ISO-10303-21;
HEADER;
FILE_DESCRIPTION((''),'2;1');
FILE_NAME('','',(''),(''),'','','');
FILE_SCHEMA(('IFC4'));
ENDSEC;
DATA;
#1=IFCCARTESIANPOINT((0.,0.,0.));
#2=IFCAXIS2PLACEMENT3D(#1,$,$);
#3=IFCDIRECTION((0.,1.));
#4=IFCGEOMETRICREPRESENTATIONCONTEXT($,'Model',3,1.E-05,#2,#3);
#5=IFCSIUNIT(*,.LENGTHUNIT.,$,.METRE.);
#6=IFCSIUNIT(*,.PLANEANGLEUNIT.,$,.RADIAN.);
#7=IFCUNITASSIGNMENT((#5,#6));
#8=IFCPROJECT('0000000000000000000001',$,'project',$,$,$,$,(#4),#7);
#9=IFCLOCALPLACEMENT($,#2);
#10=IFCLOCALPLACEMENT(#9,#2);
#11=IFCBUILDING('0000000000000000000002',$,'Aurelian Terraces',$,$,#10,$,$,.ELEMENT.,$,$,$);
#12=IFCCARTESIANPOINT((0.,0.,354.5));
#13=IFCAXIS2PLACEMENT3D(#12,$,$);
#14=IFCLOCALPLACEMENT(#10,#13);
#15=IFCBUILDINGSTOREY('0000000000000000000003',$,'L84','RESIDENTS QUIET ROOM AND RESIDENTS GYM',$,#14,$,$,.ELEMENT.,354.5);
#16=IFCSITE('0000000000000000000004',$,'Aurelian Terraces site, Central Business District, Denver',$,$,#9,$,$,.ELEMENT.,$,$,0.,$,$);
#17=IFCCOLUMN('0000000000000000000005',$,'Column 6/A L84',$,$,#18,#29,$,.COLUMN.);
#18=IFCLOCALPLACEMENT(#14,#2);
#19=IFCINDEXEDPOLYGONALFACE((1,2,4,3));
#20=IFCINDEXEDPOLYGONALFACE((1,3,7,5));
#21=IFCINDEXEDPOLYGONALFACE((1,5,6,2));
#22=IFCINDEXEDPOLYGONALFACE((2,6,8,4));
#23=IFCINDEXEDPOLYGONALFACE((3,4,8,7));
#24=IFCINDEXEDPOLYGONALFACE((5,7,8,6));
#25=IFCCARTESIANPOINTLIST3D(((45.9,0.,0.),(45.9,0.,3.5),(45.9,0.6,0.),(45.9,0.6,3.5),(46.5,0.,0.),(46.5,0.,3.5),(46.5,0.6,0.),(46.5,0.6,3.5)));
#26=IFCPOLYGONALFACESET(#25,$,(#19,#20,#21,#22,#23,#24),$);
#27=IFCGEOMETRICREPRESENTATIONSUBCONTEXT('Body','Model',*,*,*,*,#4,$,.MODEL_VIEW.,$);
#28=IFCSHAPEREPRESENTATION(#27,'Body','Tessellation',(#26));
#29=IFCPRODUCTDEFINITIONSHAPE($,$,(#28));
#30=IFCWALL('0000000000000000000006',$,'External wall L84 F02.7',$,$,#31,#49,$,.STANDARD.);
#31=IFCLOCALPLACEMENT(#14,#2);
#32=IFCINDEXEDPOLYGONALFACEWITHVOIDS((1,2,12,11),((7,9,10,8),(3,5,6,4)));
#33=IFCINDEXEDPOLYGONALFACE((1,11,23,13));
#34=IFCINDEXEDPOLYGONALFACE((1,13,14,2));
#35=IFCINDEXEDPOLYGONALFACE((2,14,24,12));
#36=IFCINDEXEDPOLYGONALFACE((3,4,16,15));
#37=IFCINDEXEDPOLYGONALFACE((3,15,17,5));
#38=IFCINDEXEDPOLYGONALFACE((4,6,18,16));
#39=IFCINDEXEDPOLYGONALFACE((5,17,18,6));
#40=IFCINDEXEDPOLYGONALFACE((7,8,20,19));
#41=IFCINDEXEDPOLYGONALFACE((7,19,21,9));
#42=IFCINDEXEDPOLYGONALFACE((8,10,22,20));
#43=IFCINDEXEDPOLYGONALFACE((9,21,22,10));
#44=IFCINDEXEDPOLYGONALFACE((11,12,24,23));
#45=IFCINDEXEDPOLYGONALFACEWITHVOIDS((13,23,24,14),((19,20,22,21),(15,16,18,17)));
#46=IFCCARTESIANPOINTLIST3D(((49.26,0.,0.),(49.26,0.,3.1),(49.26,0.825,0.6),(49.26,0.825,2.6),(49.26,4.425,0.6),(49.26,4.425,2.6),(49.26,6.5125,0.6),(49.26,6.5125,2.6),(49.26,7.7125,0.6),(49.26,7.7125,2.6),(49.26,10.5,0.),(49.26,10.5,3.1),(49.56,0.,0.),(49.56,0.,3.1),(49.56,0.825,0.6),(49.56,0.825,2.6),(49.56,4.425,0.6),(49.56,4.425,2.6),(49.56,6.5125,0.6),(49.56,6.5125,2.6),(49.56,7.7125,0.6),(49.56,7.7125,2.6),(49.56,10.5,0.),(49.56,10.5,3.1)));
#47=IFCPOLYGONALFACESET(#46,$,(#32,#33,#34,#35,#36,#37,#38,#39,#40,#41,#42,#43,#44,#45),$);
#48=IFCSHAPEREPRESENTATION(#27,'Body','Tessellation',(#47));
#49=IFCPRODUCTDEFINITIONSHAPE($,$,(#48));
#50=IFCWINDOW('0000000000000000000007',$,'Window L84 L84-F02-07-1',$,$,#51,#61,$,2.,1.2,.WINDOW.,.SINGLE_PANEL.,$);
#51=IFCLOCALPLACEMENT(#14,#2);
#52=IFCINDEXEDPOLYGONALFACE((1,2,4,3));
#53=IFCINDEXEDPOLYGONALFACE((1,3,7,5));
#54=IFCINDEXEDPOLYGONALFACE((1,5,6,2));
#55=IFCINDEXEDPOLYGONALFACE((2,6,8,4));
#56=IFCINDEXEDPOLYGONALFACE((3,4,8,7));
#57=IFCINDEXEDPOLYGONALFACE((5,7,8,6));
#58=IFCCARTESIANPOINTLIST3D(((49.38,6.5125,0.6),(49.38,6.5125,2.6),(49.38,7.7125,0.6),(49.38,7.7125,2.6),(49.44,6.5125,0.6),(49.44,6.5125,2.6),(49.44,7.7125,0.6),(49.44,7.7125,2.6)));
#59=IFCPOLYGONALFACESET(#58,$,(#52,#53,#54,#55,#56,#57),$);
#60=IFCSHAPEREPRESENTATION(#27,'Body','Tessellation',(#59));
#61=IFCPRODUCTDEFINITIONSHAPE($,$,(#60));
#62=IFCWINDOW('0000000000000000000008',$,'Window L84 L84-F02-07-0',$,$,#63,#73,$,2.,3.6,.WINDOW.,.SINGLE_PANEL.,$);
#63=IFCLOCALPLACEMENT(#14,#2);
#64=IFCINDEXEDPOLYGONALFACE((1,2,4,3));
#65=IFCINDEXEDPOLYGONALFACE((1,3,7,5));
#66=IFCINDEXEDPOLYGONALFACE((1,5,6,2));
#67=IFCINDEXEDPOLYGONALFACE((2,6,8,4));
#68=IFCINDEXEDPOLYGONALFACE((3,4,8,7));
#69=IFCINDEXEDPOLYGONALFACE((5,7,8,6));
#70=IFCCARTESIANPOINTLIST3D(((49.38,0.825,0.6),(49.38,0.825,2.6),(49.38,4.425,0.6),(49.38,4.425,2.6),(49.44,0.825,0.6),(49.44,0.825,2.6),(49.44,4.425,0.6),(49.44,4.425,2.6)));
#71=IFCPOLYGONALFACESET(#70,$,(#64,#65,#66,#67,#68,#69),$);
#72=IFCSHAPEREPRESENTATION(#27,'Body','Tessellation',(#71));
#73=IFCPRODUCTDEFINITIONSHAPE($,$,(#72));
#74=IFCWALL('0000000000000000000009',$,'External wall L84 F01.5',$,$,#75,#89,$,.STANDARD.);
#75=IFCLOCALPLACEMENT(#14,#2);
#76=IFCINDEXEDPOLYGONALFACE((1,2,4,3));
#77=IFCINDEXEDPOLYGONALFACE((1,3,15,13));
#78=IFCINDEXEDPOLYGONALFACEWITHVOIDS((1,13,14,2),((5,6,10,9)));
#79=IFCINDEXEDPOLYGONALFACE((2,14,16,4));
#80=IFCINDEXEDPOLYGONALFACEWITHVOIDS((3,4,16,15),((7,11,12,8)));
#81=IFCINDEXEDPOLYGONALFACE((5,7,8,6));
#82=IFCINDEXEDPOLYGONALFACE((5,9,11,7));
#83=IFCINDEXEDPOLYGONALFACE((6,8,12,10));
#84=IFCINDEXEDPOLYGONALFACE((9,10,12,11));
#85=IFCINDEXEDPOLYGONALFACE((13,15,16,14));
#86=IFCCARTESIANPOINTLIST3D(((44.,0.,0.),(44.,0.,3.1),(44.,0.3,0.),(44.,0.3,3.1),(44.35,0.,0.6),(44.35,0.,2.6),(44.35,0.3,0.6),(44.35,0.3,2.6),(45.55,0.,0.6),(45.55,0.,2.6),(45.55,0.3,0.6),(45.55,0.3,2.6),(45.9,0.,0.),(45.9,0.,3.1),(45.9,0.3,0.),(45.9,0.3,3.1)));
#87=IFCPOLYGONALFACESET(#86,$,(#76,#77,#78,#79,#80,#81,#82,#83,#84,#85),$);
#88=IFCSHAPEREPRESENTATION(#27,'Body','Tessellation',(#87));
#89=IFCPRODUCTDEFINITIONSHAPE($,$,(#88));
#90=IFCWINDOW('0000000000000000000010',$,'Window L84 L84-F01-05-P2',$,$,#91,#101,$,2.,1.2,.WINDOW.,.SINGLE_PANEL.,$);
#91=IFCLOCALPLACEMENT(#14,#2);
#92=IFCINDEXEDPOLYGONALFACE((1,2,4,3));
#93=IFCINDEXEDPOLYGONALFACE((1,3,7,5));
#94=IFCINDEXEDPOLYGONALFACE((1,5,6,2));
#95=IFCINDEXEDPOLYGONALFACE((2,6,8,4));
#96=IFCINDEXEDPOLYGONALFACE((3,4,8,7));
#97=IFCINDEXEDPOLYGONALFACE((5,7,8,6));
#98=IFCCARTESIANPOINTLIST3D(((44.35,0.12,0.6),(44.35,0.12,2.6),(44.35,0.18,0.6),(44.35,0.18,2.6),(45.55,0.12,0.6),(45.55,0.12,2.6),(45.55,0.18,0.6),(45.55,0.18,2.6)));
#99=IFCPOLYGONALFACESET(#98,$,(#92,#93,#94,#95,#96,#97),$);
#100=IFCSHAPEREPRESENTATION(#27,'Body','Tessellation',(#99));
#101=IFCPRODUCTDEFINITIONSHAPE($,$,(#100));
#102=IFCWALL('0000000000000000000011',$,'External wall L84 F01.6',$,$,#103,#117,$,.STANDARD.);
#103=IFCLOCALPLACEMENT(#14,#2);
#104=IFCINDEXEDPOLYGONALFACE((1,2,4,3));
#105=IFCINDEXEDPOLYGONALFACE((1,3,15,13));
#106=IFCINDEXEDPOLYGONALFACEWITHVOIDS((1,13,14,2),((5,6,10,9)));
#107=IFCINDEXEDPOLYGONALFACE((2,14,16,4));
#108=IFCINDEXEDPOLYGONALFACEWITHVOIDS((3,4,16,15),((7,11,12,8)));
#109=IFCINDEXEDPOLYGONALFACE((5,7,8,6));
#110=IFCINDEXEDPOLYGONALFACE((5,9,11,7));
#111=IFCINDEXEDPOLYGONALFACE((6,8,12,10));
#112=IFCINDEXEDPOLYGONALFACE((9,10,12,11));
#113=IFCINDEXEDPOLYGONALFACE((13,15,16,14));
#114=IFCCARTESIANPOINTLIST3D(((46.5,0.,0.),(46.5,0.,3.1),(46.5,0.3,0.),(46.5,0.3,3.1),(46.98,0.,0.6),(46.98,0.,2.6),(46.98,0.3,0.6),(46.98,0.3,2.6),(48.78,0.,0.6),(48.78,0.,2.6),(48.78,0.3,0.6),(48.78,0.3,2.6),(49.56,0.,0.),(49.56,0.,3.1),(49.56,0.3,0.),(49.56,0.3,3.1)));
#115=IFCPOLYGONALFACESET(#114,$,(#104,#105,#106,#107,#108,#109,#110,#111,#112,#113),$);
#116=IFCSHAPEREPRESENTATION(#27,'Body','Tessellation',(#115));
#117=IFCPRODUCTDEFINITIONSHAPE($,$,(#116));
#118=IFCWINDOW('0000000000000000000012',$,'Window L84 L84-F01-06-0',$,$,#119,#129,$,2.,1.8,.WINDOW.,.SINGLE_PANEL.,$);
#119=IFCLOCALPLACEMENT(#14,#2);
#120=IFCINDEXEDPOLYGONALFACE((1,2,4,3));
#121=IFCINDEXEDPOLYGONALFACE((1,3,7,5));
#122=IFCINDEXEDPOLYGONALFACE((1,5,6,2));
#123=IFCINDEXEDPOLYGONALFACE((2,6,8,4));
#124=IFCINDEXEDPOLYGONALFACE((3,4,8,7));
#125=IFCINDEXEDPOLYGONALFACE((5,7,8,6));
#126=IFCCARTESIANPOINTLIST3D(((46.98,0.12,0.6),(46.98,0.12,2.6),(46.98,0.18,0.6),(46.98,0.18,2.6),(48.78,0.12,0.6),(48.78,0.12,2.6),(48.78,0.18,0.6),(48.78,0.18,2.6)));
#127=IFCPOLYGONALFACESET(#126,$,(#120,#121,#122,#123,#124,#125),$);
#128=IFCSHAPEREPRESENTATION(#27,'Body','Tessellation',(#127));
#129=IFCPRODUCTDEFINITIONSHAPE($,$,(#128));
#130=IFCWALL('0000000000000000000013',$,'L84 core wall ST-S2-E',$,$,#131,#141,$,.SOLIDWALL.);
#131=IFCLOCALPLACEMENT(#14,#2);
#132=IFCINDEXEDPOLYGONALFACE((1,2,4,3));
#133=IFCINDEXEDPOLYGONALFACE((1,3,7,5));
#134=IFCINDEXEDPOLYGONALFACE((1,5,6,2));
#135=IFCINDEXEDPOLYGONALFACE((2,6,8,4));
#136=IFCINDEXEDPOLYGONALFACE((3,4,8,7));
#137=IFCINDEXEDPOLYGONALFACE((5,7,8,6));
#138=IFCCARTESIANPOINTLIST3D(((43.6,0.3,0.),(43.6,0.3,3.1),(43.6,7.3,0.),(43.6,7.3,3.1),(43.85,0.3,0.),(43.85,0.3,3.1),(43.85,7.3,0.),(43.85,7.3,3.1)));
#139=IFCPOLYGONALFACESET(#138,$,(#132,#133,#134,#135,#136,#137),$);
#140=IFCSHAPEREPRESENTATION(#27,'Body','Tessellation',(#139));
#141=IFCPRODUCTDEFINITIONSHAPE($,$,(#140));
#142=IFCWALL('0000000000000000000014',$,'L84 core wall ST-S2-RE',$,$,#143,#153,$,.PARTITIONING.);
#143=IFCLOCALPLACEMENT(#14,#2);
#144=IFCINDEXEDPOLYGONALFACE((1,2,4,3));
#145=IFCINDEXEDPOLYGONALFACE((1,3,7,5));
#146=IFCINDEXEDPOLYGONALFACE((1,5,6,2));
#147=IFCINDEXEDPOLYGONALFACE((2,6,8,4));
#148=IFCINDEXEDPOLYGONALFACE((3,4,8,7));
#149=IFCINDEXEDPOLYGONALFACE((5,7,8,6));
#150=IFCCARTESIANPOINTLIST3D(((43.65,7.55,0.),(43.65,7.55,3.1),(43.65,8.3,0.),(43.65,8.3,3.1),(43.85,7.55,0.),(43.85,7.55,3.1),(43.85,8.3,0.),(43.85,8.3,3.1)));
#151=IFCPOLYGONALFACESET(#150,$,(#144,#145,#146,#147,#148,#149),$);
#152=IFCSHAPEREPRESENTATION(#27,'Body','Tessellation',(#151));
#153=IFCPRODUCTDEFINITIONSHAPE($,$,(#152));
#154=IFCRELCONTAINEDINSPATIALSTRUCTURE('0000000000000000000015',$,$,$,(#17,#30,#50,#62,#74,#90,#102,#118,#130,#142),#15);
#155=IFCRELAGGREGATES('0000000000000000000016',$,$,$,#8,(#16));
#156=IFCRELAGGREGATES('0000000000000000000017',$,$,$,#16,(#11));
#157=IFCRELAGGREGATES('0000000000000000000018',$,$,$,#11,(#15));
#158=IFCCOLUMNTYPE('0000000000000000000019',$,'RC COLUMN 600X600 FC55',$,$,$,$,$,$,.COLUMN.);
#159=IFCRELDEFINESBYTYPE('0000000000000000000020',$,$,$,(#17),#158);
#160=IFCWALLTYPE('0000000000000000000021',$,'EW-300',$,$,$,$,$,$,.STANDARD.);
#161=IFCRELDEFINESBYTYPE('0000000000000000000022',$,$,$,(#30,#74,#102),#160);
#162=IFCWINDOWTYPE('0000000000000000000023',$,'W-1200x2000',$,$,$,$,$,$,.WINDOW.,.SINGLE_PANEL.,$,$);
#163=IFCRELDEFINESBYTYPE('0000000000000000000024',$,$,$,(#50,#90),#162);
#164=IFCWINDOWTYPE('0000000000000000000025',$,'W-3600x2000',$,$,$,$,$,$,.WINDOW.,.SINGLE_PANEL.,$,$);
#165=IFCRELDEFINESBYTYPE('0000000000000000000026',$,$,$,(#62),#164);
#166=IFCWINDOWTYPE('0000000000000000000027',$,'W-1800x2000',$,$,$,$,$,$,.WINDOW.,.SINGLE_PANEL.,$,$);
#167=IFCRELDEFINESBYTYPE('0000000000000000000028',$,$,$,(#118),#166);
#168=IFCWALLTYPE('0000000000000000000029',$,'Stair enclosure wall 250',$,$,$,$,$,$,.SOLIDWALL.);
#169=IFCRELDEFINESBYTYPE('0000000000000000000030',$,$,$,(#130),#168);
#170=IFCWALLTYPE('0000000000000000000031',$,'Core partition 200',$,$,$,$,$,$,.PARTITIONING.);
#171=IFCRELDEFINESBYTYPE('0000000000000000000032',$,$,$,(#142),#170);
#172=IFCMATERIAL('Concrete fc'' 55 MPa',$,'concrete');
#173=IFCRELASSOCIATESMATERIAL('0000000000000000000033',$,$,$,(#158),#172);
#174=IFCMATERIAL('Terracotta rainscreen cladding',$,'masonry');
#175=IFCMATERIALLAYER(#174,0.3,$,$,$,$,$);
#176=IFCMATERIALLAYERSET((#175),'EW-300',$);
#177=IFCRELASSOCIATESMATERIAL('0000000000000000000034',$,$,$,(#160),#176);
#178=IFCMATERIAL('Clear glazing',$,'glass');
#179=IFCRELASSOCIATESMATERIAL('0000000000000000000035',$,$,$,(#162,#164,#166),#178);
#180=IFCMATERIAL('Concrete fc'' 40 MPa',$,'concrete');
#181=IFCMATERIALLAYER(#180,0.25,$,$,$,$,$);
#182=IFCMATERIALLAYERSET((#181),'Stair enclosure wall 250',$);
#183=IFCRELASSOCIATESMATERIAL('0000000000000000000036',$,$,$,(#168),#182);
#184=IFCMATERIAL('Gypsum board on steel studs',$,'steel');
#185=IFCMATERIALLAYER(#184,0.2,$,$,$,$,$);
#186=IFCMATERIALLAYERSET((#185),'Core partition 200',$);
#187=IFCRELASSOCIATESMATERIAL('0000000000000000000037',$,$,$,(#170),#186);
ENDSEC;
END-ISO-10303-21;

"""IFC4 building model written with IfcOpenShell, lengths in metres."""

from ifc_helpers import new_model, si_unit, direction, frame, frame_2d, origin, origin_2d, place, context, subcontext, project, spatial, rectangle, extrude, source, transform, mapped, material, layer, layer_set, material_profile, profile_set, type_object, element, fill, save


model = new_model("IFC4")

# Units and contexts
model_context = context("Model", 3, precision=1e-05, world=origin(), true_north=direction((0.0, 1.0)))
body_context = subcontext(model_context, "Body", "Model", "MODEL_VIEW")
ifc_project = project(units=[si_unit("LENGTHUNIT", "METRE"), si_unit("PLANEANGLEUNIT", "RADIAN")], contexts=[model_context])

# Site, building, storey
site_placement = place(None, origin())
site = spatial("IfcSite", under=ifc_project, at=site_placement, Name="Aurelian Terraces site, Central Business District, Denver", CompositionType="ELEMENT", RefElevation=0.0)
building_placement = place(site_placement, origin())
building = spatial("IfcBuilding", under=site, at=building_placement, Name="Aurelian Terraces", CompositionType="ELEMENT")
storey_placement = place(building_placement, frame((0.0, 0.0, 354.5)))
storey = spatial("IfcBuildingStorey", under=building, at=storey_placement, Name="L84", Description="RESIDENTS QUIET ROOM AND RESIDENTS GYM", CompositionType="ELEMENT", Elevation=354.5)

# Column
ifc_material_1 = material(Name="Concrete fc' 55 MPa", Category="concrete")
ifc_material_profile = material_profile(ifc_material_1, rectangle(XDim=0.6, YDim=0.6, at=origin_2d()))
ifc_profile_set = profile_set([ifc_material_profile], Name="Concrete fc' 55 MPa")
column_type = type_object("IfcColumnType", Name="RC COLUMN 600X600 FC55", PredefinedType="COLUMN", material=ifc_profile_set)
shared_shape_1 = source(origin(), body_context, "Body", "SweptSolid", [
    extrude(rectangle(XDim=0.6, YDim=0.6, at=origin_2d()), origin(), (0.0, 0.0, 1.0), 3.5),
])
column_placement = place(storey_placement, frame((46.2, 0.3, 0.0), z_axis=(0.0, 0.0, 1.0), x_axis=(1.0, 0.0, 0.0)))
element("IfcColumn", 1, at=column_placement, inside=storey, type_object=column_type, Name="Column 6/A L84", PredefinedType="COLUMN", context=body_context, shape_type="MappedRepresentation", body=[
    mapped(shared_shape_1, transform((0.0, 0.0, 0.0), scale=1.0)),
])

# Wall, openings, windows
ifc_material_2 = material(Name="Terracotta rainscreen cladding", Category="masonry")
ifc_layer_1 = layer(ifc_material_2, 0.3)
ifc_layer_set_1 = layer_set([ifc_layer_1], Name="EW-300")
wall_type_1 = type_object("IfcWallType", Name="EW-300", PredefinedType="STANDARD", material=ifc_layer_set_1)
shared_shape_2 = source(origin(), body_context, "Body", "SweptSolid", [
    extrude(rectangle(XDim=10.5, YDim=0.3, at=frame_2d((5.25, 0.0))), origin(), (0.0, 0.0, 1.0), 3.1),
])
wall_1_placement = place(storey_placement, frame((49.41, 0.0, 0.0), z_axis=(0.0, 0.0, 1.0), x_axis=(0.0, 1.0, 0.0)))
wall_1 = element("IfcWall", 2, at=wall_1_placement, inside=storey, type_object=wall_type_1, Name="External wall L84 F02.7", PredefinedType="STANDARD", context=body_context, shape_type="MappedRepresentation", body=[
    mapped(shared_shape_2, transform((0.0, 0.0, 0.0), scale=1.0)),
])
shared_shape_3 = source(origin(), body_context, "Body", "SweptSolid", [
    extrude(rectangle(XDim=3.6, YDim=2.0, at=frame_2d((1.8, 1.0))), frame((0.0, 0.16, 0.0), z_axis=(0.0, -1.0, 0.0), x_axis=(1.0, 0.0, 0.0)), (0.0, 0.0, 1.0), 0.32),
])
opening_1_placement = place(wall_1_placement, frame((0.825, 0.0, 0.6)))
opening_1 = element("IfcOpeningElement", 3, at=opening_1_placement, cuts=wall_1, PredefinedType="OPENING", context=body_context, shape_type="MappedRepresentation", body=[
    mapped(shared_shape_3, transform((0.0, 0.0, 0.0), scale=1.0)),
])
shared_shape_4 = source(origin(), body_context, "Body", "SweptSolid", [
    extrude(rectangle(XDim=1.2, YDim=2.0, at=frame_2d((0.6, 1.0))), frame((0.0, 0.16, 0.0), z_axis=(0.0, -1.0, 0.0), x_axis=(1.0, 0.0, 0.0)), (0.0, 0.0, 1.0), 0.32),
])
opening_2_placement = place(wall_1_placement, frame((6.5125, 0.0, 0.6)))
opening_2 = element("IfcOpeningElement", 4, at=opening_2_placement, cuts=wall_1, PredefinedType="OPENING", context=body_context, shape_type="MappedRepresentation", body=[
    mapped(shared_shape_4, transform((0.0, 0.0, 0.0), scale=1.0)),
])
ifc_material_3 = material(Name="Clear glazing", Category="glass")
window_type_1 = type_object("IfcWindowType", Name="W-1200x2000", PartitioningType="SINGLE_PANEL", PredefinedType="WINDOW", material=ifc_material_3)
shared_shape_5 = source(origin(), body_context, "Body", "SweptSolid", [
    extrude(rectangle(XDim=1.2, YDim=2.0, at=frame_2d((0.6, 1.0))), frame((0.0, 0.03, 0.0), z_axis=(0.0, -1.0, 0.0), x_axis=(1.0, 0.0, 0.0)), (0.0, 0.0, 1.0), 0.06),
])
window_1_placement = place(opening_2_placement, origin())
window_1 = element("IfcWindow", 5, at=window_1_placement, inside=storey, type_object=window_type_1, Name="Window L84 L84-F02-07-1", OverallHeight=2.0, OverallWidth=1.2, PartitioningType="SINGLE_PANEL", PredefinedType="WINDOW", context=body_context, shape_type="MappedRepresentation", body=[
    mapped(shared_shape_5, transform((0.0, 0.0, 0.0), scale=1.0)),
])
fill(opening_2, window_1)
window_type_2 = type_object("IfcWindowType", Name="W-3600x2000", PartitioningType="SINGLE_PANEL", PredefinedType="WINDOW", material=ifc_material_3)
shared_shape_6 = source(origin(), body_context, "Body", "SweptSolid", [
    extrude(rectangle(XDim=3.6, YDim=2.0, at=frame_2d((1.8, 1.0))), frame((0.0, 0.03, 0.0), z_axis=(0.0, -1.0, 0.0), x_axis=(1.0, 0.0, 0.0)), (0.0, 0.0, 1.0), 0.06),
])
window_2_placement = place(opening_1_placement, origin())
window_2 = element("IfcWindow", 6, at=window_2_placement, inside=storey, type_object=window_type_2, Name="Window L84 L84-F02-07-0", OverallHeight=2.0, OverallWidth=3.6, PartitioningType="SINGLE_PANEL", PredefinedType="WINDOW", context=body_context, shape_type="MappedRepresentation", body=[
    mapped(shared_shape_6, transform((0.0, 0.0, 0.0), scale=1.0)),
])
fill(opening_1, window_2)

# Walls, openings, windows
shared_shape_7 = source(origin(), body_context, "Body", "SweptSolid", [
    extrude(rectangle(XDim=1.9, YDim=0.3, at=frame_2d((0.95, 0.0))), origin(), (0.0, 0.0, 1.0), 3.1),
])
wall_2_placement = place(storey_placement, frame((44.0, 0.15, 0.0), z_axis=(0.0, 0.0, 1.0), x_axis=(1.0, 0.0, 0.0)))
wall_2 = element("IfcWall", 7, at=wall_2_placement, inside=storey, type_object=wall_type_1, Name="External wall L84 F01.5", PredefinedType="STANDARD", context=body_context, shape_type="MappedRepresentation", body=[
    mapped(shared_shape_7, transform((0.0, 0.0, 0.0), scale=1.0)),
])
opening_3_placement = place(wall_2_placement, frame((0.35, 0.0, 0.6)))
opening_3 = element("IfcOpeningElement", 8, at=opening_3_placement, cuts=wall_2, PredefinedType="OPENING", context=body_context, shape_type="MappedRepresentation", body=[
    mapped(shared_shape_4, transform((0.0, 0.0, 0.0), scale=1.0)),
])
window_3_placement = place(opening_3_placement, origin())
window_3 = element("IfcWindow", 9, at=window_3_placement, inside=storey, type_object=window_type_1, Name="Window L84 L84-F01-05-P2", OverallHeight=2.0, OverallWidth=1.2, PartitioningType="SINGLE_PANEL", PredefinedType="WINDOW", context=body_context, shape_type="MappedRepresentation", body=[
    mapped(shared_shape_5, transform((0.0, 0.0, 0.0), scale=1.0)),
])
fill(opening_3, window_3)
shared_shape_8 = source(origin(), body_context, "Body", "SweptSolid", [
    extrude(rectangle(XDim=3.06, YDim=0.3, at=frame_2d((1.53, 0.0))), origin(), (0.0, 0.0, 1.0), 3.1),
])
wall_3_placement = place(storey_placement, frame((46.5, 0.15, 0.0), z_axis=(0.0, 0.0, 1.0), x_axis=(1.0, 0.0, 0.0)))
wall_3 = element("IfcWall", 10, at=wall_3_placement, inside=storey, type_object=wall_type_1, Name="External wall L84 F01.6", PredefinedType="STANDARD", context=body_context, shape_type="MappedRepresentation", body=[
    mapped(shared_shape_8, transform((0.0, 0.0, 0.0), scale=1.0)),
])
shared_shape_9 = source(origin(), body_context, "Body", "SweptSolid", [
    extrude(rectangle(XDim=1.8, YDim=2.0, at=frame_2d((0.9, 1.0))), frame((0.0, 0.16, 0.0), z_axis=(0.0, -1.0, 0.0), x_axis=(1.0, 0.0, 0.0)), (0.0, 0.0, 1.0), 0.32),
])
opening_4_placement = place(wall_3_placement, frame((0.48, 0.0, 0.6)))
opening_4 = element("IfcOpeningElement", 11, at=opening_4_placement, cuts=wall_3, PredefinedType="OPENING", context=body_context, shape_type="MappedRepresentation", body=[
    mapped(shared_shape_9, transform((0.0, 0.0, 0.0), scale=1.0)),
])
window_type_3 = type_object("IfcWindowType", Name="W-1800x2000", PartitioningType="SINGLE_PANEL", PredefinedType="WINDOW", material=ifc_material_3)
shared_shape_10 = source(origin(), body_context, "Body", "SweptSolid", [
    extrude(rectangle(XDim=1.8, YDim=2.0, at=frame_2d((0.9, 1.0))), frame((0.0, 0.03, 0.0), z_axis=(0.0, -1.0, 0.0), x_axis=(1.0, 0.0, 0.0)), (0.0, 0.0, 1.0), 0.06),
])
window_4_placement = place(opening_4_placement, origin())
window_4 = element("IfcWindow", 12, at=window_4_placement, inside=storey, type_object=window_type_3, Name="Window L84 L84-F01-06-0", OverallHeight=2.0, OverallWidth=1.8, PartitioningType="SINGLE_PANEL", PredefinedType="WINDOW", context=body_context, shape_type="MappedRepresentation", body=[
    mapped(shared_shape_10, transform((0.0, 0.0, 0.0), scale=1.0)),
])
fill(opening_4, window_4)

# Walls
ifc_material_4 = material(Name="Concrete fc' 40 MPa", Category="concrete")
ifc_layer_2 = layer(ifc_material_4, 0.25)
ifc_layer_set_2 = layer_set([ifc_layer_2], Name="Stair enclosure wall 250")
wall_type_2 = type_object("IfcWallType", Name="Stair enclosure wall 250", PredefinedType="SOLIDWALL", material=ifc_layer_set_2)
shared_shape_11 = source(origin(), body_context, "Body", "SweptSolid", [
    extrude(rectangle(XDim=7.0, YDim=0.25, at=frame_2d((3.5, 0.0))), origin(), (0.0, 0.0, 1.0), 3.1),
])
wall_4_placement = place(storey_placement, frame((43.725, 0.3, 0.0), z_axis=(0.0, 0.0, 1.0), x_axis=(0.0, 1.0, 0.0)))
element("IfcWall", 13, at=wall_4_placement, inside=storey, type_object=wall_type_2, Name="L84 core wall ST-S2-E", PredefinedType="SOLIDWALL", context=body_context, shape_type="MappedRepresentation", body=[
    mapped(shared_shape_11, transform((0.0, 0.0, 0.0), scale=1.0)),
])
ifc_material_5 = material(Name="Gypsum board on steel studs", Category="steel")
ifc_layer_3 = layer(ifc_material_5, 0.2)
ifc_layer_set_3 = layer_set([ifc_layer_3], Name="Core partition 200")
wall_type_3 = type_object("IfcWallType", Name="Core partition 200", PredefinedType="PARTITIONING", material=ifc_layer_set_3)
shared_shape_12 = source(origin(), body_context, "Body", "SweptSolid", [
    extrude(rectangle(XDim=0.75, YDim=0.2, at=frame_2d((0.375, 0.0))), origin(), (0.0, 0.0, 1.0), 3.1),
])
wall_5_placement = place(storey_placement, frame((43.75, 7.55, 0.0), z_axis=(0.0, 0.0, 1.0), x_axis=(0.0, 1.0, 0.0)))
element("IfcWall", 14, at=wall_5_placement, inside=storey, type_object=wall_type_3, Name="L84 core wall ST-S2-RE", PredefinedType="PARTITIONING", context=body_context, shape_type="MappedRepresentation", body=[
    mapped(shared_shape_12, transform((0.0, 0.0, 0.0), scale=1.0)),
])

save(model, "model.ifc")
